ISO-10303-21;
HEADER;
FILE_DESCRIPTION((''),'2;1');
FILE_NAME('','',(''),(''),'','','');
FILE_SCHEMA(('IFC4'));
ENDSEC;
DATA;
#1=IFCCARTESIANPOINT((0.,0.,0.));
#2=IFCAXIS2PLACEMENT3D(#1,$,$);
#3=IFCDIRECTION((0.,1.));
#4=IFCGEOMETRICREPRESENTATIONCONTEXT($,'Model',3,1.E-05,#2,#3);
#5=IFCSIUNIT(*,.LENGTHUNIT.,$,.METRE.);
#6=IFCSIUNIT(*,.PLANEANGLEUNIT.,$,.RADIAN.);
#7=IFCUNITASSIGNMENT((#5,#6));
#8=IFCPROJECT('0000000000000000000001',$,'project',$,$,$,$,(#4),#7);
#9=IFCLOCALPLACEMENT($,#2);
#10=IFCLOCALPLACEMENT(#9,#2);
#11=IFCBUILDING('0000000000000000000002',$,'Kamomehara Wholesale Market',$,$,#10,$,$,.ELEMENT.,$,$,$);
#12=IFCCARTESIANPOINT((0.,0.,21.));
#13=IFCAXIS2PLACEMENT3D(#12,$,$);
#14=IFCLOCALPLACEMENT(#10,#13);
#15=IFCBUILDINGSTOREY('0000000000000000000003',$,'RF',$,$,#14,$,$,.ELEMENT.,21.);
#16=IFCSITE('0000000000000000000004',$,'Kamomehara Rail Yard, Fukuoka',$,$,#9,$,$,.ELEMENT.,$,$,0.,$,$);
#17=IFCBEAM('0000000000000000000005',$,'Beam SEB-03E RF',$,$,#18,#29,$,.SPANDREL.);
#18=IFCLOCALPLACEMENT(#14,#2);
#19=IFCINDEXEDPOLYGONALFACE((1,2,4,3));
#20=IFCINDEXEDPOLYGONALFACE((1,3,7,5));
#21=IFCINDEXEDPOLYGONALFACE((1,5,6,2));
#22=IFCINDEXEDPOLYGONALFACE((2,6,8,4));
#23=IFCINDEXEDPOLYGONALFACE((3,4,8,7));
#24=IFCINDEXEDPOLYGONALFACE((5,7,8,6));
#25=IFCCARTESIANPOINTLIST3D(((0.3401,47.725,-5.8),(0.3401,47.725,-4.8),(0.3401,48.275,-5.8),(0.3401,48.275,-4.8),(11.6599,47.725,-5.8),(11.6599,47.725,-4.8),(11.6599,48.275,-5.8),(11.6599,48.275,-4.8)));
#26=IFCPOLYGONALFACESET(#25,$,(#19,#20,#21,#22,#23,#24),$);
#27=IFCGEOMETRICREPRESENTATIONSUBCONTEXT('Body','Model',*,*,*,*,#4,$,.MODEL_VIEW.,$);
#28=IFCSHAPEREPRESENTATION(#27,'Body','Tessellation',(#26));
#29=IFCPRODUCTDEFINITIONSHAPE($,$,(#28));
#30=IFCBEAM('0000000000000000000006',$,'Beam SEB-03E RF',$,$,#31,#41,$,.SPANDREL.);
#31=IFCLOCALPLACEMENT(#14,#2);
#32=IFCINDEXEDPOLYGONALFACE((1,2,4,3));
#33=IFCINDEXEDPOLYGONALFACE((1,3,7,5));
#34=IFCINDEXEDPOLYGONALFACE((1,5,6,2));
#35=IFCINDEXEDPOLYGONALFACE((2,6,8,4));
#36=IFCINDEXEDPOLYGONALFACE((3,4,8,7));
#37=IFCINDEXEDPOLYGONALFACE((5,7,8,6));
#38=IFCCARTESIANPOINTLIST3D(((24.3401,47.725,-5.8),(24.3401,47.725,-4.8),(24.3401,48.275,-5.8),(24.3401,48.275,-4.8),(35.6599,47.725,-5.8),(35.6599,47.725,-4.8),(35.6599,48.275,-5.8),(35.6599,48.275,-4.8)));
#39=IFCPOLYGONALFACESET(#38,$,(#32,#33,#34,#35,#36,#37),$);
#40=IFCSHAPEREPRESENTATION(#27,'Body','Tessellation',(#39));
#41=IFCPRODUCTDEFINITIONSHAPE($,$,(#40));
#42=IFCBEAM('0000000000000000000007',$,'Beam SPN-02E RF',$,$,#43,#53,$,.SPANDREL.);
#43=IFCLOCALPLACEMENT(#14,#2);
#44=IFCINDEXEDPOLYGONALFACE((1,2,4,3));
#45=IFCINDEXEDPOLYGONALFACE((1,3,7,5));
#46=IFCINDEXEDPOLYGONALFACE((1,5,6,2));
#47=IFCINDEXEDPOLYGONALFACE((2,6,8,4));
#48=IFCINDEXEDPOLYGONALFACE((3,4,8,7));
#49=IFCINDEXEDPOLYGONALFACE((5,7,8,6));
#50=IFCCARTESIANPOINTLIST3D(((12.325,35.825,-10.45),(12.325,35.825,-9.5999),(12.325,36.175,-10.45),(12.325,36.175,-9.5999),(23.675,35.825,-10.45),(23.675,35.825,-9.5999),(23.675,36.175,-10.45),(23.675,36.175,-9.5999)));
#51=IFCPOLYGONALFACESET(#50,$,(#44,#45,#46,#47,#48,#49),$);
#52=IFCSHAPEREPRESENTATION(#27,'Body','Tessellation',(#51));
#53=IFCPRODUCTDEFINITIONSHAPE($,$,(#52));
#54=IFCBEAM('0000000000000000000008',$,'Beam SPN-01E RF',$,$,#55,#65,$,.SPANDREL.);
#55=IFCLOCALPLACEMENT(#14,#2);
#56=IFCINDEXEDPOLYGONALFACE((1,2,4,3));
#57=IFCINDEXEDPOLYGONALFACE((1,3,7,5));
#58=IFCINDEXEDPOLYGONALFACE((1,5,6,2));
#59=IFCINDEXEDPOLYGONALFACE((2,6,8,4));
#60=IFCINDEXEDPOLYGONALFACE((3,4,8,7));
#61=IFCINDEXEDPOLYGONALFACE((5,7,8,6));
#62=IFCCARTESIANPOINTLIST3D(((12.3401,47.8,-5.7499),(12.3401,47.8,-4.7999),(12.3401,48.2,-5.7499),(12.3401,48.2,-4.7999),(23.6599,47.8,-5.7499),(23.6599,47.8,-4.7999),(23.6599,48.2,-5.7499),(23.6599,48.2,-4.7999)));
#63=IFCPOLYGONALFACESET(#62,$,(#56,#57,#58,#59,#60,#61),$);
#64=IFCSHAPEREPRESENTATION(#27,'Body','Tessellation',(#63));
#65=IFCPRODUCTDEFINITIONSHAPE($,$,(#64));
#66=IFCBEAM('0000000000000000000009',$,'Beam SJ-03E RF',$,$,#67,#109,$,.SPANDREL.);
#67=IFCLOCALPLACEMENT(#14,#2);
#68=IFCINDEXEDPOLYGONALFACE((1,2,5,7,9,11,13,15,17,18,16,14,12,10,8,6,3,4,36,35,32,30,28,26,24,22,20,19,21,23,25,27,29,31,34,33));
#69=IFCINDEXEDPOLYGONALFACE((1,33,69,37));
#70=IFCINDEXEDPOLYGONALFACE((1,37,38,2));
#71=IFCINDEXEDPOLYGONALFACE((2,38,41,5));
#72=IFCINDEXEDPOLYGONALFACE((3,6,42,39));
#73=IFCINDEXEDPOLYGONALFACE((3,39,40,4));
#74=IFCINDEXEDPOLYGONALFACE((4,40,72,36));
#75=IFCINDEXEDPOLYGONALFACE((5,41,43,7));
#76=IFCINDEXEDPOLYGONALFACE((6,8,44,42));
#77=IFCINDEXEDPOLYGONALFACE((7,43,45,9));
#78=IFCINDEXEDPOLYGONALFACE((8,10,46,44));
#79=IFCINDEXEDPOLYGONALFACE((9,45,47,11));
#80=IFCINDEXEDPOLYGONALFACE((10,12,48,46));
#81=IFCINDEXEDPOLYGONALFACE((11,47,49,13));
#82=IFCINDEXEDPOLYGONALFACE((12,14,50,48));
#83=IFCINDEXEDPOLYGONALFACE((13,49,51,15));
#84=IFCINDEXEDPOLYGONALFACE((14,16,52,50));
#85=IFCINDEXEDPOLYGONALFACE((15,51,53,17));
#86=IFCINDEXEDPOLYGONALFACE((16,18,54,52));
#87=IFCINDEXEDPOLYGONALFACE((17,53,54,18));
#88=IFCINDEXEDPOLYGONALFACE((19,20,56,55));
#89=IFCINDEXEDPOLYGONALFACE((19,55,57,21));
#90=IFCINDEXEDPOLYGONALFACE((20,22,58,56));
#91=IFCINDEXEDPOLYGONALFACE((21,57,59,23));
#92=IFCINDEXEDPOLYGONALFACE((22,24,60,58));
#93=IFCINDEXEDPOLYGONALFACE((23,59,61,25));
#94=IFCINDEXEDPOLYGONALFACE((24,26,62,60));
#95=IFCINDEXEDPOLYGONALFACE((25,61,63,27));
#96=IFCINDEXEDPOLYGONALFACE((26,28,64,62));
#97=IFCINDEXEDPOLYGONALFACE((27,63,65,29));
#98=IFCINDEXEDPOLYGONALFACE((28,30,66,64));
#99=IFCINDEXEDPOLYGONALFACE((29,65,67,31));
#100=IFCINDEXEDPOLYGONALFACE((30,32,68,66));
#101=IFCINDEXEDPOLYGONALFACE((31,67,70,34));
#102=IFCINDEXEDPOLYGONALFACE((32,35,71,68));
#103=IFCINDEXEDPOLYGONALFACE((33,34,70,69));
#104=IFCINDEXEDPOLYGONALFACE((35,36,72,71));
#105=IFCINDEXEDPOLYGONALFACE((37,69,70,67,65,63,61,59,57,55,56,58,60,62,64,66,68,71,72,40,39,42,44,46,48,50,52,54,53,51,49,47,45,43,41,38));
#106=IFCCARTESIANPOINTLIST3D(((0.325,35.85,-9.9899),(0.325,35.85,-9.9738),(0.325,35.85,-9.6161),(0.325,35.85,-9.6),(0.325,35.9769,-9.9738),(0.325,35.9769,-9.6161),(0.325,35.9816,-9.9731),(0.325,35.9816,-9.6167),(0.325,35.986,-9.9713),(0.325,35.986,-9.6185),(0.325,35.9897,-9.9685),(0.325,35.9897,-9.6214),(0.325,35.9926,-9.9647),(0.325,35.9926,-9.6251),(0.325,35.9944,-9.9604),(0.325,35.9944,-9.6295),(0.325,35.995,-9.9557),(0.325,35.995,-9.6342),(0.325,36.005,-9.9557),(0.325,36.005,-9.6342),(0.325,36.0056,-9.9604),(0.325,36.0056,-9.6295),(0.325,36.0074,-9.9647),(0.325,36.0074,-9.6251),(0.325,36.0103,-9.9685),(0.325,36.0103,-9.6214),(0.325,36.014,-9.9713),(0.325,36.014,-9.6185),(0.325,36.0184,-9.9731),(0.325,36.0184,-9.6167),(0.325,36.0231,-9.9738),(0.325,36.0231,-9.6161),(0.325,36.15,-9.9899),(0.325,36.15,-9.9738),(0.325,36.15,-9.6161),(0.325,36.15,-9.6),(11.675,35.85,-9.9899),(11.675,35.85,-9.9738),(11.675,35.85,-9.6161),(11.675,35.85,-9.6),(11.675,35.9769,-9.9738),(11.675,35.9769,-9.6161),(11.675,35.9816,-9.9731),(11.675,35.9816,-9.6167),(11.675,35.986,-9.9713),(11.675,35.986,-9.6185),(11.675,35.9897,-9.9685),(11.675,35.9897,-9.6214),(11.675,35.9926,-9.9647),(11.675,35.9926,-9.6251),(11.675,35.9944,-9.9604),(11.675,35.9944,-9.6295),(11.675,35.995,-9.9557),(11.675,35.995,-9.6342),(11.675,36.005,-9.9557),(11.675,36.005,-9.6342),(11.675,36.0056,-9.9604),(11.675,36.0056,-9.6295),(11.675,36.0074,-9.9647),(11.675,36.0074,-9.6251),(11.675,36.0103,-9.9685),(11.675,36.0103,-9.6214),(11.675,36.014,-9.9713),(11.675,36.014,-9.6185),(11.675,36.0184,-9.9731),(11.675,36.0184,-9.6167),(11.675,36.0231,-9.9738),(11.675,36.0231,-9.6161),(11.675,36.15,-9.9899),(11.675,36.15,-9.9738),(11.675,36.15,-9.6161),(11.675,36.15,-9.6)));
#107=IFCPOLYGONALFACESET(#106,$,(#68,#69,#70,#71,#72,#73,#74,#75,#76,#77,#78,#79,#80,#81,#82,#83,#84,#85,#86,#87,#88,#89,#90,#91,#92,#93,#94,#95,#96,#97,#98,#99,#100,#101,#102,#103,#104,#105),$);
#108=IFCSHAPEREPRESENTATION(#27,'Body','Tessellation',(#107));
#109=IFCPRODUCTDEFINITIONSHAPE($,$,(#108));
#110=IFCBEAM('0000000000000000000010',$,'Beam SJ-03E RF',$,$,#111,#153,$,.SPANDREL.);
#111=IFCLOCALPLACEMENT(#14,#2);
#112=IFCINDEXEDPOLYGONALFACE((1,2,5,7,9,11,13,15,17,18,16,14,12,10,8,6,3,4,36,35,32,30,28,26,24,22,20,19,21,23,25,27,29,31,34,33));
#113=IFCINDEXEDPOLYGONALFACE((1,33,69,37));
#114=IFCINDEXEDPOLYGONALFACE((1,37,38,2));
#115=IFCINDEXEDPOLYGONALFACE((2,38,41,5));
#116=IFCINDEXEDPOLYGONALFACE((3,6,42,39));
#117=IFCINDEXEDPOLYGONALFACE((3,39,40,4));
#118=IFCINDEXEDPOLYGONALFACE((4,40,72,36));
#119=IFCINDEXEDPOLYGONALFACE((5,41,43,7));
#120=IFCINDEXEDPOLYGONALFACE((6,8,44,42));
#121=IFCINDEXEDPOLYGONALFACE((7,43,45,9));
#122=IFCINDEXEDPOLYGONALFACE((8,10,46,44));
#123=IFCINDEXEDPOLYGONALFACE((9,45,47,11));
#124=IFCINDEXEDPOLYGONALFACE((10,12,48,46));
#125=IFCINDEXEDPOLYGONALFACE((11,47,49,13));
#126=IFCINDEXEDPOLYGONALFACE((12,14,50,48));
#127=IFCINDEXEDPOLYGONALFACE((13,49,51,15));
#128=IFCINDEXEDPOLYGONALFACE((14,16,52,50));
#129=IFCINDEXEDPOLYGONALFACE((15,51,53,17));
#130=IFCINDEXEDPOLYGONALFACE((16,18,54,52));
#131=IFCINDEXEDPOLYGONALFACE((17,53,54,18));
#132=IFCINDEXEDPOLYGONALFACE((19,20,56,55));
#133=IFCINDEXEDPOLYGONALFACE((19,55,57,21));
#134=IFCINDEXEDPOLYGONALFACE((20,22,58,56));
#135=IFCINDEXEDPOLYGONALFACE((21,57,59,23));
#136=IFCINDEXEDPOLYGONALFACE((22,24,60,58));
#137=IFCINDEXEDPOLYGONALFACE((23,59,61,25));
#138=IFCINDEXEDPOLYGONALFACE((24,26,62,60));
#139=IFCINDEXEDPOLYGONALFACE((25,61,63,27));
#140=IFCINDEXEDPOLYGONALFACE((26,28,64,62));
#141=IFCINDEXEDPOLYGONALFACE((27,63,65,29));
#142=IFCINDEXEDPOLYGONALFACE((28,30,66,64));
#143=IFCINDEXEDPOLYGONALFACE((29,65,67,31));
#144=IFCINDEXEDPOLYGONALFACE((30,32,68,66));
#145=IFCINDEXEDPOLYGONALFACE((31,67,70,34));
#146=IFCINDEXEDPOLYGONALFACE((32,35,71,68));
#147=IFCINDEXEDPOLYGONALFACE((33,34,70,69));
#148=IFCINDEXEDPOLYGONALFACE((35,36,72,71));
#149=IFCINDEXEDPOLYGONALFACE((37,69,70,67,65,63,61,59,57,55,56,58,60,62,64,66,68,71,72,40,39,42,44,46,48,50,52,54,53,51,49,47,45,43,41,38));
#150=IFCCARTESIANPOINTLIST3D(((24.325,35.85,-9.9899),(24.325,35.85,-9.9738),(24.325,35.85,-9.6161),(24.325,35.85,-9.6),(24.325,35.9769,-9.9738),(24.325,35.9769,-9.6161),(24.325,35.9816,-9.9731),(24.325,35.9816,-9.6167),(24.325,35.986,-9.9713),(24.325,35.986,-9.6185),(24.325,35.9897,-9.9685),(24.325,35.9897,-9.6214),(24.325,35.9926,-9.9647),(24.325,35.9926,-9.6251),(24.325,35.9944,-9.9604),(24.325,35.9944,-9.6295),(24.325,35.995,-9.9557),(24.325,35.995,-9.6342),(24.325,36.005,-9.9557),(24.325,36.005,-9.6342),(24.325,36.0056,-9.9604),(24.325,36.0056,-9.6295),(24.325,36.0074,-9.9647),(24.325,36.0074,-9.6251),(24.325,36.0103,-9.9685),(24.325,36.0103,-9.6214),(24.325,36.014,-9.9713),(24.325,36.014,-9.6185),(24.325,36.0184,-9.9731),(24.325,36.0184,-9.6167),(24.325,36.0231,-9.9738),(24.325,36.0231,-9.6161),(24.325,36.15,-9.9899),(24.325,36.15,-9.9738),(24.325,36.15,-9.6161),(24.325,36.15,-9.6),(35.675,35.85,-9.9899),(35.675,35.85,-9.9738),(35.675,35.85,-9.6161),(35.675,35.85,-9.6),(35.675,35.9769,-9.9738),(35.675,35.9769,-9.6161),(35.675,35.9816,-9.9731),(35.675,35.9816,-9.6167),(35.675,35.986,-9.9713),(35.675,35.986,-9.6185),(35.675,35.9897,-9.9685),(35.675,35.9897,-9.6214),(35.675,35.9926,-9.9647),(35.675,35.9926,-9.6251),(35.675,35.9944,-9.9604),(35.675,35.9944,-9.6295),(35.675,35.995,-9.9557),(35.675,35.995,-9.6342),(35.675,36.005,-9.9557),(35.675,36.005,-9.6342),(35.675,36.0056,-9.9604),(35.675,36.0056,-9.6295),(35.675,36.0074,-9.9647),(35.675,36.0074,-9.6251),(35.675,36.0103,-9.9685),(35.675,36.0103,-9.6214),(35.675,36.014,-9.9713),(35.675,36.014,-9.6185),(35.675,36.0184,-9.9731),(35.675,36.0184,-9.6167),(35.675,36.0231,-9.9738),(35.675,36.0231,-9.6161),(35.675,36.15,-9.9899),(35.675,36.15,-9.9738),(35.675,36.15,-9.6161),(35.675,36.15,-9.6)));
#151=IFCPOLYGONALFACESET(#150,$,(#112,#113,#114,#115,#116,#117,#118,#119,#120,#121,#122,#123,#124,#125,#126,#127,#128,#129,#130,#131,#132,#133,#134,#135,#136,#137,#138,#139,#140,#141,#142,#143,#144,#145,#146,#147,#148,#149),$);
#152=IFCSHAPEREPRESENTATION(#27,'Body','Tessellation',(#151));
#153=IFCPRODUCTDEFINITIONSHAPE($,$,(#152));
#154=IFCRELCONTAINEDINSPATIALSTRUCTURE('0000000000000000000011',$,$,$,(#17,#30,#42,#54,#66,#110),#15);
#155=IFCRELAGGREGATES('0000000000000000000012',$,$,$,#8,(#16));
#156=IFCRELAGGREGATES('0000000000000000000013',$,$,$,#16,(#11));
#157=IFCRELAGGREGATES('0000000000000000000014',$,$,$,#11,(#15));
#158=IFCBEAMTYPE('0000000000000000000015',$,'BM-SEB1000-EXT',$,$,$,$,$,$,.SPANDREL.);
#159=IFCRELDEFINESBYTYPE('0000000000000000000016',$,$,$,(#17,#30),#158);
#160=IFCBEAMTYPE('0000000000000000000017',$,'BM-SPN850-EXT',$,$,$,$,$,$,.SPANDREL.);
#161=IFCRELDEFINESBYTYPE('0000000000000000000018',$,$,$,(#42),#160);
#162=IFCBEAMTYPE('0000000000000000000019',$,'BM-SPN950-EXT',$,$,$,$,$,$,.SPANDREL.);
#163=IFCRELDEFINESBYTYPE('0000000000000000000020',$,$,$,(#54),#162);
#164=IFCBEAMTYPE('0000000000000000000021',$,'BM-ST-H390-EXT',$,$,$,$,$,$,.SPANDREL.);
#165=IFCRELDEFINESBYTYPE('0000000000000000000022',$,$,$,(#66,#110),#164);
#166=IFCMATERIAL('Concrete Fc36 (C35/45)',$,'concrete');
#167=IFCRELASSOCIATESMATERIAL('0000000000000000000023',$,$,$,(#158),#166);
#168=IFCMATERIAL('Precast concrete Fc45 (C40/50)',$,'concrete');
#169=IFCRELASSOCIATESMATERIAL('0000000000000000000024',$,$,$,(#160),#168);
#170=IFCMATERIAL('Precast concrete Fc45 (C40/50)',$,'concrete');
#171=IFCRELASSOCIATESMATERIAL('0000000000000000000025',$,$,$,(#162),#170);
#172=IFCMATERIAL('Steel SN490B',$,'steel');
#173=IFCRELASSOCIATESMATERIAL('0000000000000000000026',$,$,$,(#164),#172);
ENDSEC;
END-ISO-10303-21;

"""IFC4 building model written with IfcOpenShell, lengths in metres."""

from ifc_helpers import new_model, si_unit, direction, frame, origin, origin_2d, place, context, subcontext, project, spatial, rectangle, i_section, extrude, material, material_profile, profile_set, type_object, element, save


model = new_model("IFC4")

# Units and contexts
model_context = context("Model", 3, precision=1e-05, world=origin(), true_north=direction((0.0, 1.0)))
body_context = subcontext(model_context, "Body", "Model", "MODEL_VIEW")
ifc_project = project(units=[si_unit("LENGTHUNIT", "METRE"), si_unit("PLANEANGLEUNIT", "RADIAN")], contexts=[model_context])

# Site, building, storey
site_placement = place(None, origin())
site = spatial("IfcSite", under=ifc_project, at=site_placement, Name="Kamomehara Rail Yard, Fukuoka", CompositionType="ELEMENT", RefElevation=0.0)
building_placement = place(site_placement, origin())
building = spatial("IfcBuilding", under=site, at=building_placement, Name="Kamomehara Wholesale Market", CompositionType="ELEMENT")
storey_placement = place(building_placement, frame((0.0, 0.0, 21.0)))
storey = spatial("IfcBuildingStorey", under=building, at=storey_placement, Name="RF", CompositionType="ELEMENT", Elevation=21.0)

# Beams
ifc_material_1 = material(Name="Concrete Fc36 (C35/45)", Category="concrete")
ifc_material_profile_1 = material_profile(ifc_material_1, rectangle(XDim=0.55, YDim=1.0, at=origin_2d()), Name="RC-SEB-550x1000")
ifc_profile_set_1 = profile_set([ifc_material_profile_1], Name="Concrete Fc36 (C35/45)")
beam_type_1 = type_object("IfcBeamType", Name="BM-SEB1000-EXT", PredefinedType="SPANDREL", material=ifc_profile_set_1)
for number, where, z_axis, x_axis, name in (
    (1, (0.3401, 48.0, -5.3), (1.0, 0.0, 0.0), (0.0, 1.0, 0.0), "Beam SEB-03E RF"),
    (2, (24.3401, 48.0, -5.3), (1.0, 0.0, 0.0), (0.0, 1.0, 0.0), "Beam SEB-03E RF"),
):
    element("IfcBeam", number, at=place(storey_placement, frame(where, z_axis=z_axis, x_axis=x_axis)), inside=storey, type_object=beam_type_1, Name=name, PredefinedType="SPANDREL", context=body_context, shape_type="SweptSolid", body=[
        extrude(rectangle(XDim=0.55, YDim=1.0, at=origin_2d()), origin(), (0.0, 0.0, 1.0), 11.3198),
    ])
ifc_material_2 = material(Name="Precast concrete Fc45 (C40/50)", Category="concrete")
ifc_material_profile_2 = material_profile(ifc_material_2, rectangle(XDim=0.3501, YDim=0.8501, at=origin_2d()), Name="PC-SPN-350x850")
ifc_profile_set_2 = profile_set([ifc_material_profile_2], Name="Precast concrete Fc45 (C40/50)")
beam_type_2 = type_object("IfcBeamType", Name="BM-SPN850-EXT", PredefinedType="SPANDREL", material=ifc_profile_set_2)
beam_1_placement = place(storey_placement, frame((12.325, 36.0, -10.0249), z_axis=(1.0, 0.0, 0.0), x_axis=(0.0, 1.0, 0.0)))
element("IfcBeam", 3, at=beam_1_placement, inside=storey, type_object=beam_type_2, Name="Beam SPN-02E RF", PredefinedType="SPANDREL", context=body_context, shape_type="SweptSolid", body=[
    extrude(rectangle(XDim=0.3501, YDim=0.8501, at=origin_2d()), origin(), (0.0, 0.0, 1.0), 11.3501),
])
ifc_material_3 = material(Name="Precast concrete Fc45 (C40/50)", Category="concrete")
ifc_material_profile_3 = material_profile(ifc_material_3, rectangle(XDim=0.3999, YDim=0.95, at=origin_2d()), Name="PC-SPN-400x950")
ifc_profile_set_3 = profile_set([ifc_material_profile_3], Name="Precast concrete Fc45 (C40/50)")
beam_type_3 = type_object("IfcBeamType", Name="BM-SPN950-EXT", PredefinedType="SPANDREL", material=ifc_profile_set_3)
beam_2_placement = place(storey_placement, frame((12.3401, 48.0, -5.2749), z_axis=(1.0, 0.0, 0.0), x_axis=(0.0, 1.0, 0.0)))
element("IfcBeam", 4, at=beam_2_placement, inside=storey, type_object=beam_type_3, Name="Beam SPN-01E RF", PredefinedType="SPANDREL", context=body_context, shape_type="SweptSolid", body=[
    extrude(rectangle(XDim=0.3999, YDim=0.95, at=origin_2d()), origin(), (0.0, 0.0, 1.0), 11.3198),
])
ifc_material_4 = material(Name="Steel SN490B", Category="steel")
ifc_material_profile_4 = material_profile(ifc_material_4, i_section(OverallWidth=0.3, OverallDepth=0.3899, WebThickness=0.01, FlangeThickness=0.0161, FilletRadius=0.0181, at=origin_2d()), Name="H-390x300x10x16")
ifc_profile_set_4 = profile_set([ifc_material_profile_4], Name="Steel SN490B")
beam_type_4 = type_object("IfcBeamType", Name="BM-ST-H390-EXT", PredefinedType="SPANDREL", material=ifc_profile_set_4)
for number, where, z_axis, x_axis, name in (
    (5, (0.325, 36.0, -9.7949), (1.0, 0.0, 0.0), (0.0, 1.0, 0.0), "Beam SJ-03E RF"),
    (6, (24.325, 36.0, -9.7949), (1.0, 0.0, 0.0), (0.0, 1.0, 0.0), "Beam SJ-03E RF"),
):
    element("IfcBeam", number, at=place(storey_placement, frame(where, z_axis=z_axis, x_axis=x_axis)), inside=storey, type_object=beam_type_4, Name=name, PredefinedType="SPANDREL", context=body_context, shape_type="SweptSolid", body=[
        extrude(i_section(OverallWidth=0.3, OverallDepth=0.3899, WebThickness=0.01, FlangeThickness=0.0161, FilletRadius=0.0181, at=origin_2d()), origin(), (0.0, 0.0, 1.0), 11.3501),
    ])

save(model, "model.ifc")
